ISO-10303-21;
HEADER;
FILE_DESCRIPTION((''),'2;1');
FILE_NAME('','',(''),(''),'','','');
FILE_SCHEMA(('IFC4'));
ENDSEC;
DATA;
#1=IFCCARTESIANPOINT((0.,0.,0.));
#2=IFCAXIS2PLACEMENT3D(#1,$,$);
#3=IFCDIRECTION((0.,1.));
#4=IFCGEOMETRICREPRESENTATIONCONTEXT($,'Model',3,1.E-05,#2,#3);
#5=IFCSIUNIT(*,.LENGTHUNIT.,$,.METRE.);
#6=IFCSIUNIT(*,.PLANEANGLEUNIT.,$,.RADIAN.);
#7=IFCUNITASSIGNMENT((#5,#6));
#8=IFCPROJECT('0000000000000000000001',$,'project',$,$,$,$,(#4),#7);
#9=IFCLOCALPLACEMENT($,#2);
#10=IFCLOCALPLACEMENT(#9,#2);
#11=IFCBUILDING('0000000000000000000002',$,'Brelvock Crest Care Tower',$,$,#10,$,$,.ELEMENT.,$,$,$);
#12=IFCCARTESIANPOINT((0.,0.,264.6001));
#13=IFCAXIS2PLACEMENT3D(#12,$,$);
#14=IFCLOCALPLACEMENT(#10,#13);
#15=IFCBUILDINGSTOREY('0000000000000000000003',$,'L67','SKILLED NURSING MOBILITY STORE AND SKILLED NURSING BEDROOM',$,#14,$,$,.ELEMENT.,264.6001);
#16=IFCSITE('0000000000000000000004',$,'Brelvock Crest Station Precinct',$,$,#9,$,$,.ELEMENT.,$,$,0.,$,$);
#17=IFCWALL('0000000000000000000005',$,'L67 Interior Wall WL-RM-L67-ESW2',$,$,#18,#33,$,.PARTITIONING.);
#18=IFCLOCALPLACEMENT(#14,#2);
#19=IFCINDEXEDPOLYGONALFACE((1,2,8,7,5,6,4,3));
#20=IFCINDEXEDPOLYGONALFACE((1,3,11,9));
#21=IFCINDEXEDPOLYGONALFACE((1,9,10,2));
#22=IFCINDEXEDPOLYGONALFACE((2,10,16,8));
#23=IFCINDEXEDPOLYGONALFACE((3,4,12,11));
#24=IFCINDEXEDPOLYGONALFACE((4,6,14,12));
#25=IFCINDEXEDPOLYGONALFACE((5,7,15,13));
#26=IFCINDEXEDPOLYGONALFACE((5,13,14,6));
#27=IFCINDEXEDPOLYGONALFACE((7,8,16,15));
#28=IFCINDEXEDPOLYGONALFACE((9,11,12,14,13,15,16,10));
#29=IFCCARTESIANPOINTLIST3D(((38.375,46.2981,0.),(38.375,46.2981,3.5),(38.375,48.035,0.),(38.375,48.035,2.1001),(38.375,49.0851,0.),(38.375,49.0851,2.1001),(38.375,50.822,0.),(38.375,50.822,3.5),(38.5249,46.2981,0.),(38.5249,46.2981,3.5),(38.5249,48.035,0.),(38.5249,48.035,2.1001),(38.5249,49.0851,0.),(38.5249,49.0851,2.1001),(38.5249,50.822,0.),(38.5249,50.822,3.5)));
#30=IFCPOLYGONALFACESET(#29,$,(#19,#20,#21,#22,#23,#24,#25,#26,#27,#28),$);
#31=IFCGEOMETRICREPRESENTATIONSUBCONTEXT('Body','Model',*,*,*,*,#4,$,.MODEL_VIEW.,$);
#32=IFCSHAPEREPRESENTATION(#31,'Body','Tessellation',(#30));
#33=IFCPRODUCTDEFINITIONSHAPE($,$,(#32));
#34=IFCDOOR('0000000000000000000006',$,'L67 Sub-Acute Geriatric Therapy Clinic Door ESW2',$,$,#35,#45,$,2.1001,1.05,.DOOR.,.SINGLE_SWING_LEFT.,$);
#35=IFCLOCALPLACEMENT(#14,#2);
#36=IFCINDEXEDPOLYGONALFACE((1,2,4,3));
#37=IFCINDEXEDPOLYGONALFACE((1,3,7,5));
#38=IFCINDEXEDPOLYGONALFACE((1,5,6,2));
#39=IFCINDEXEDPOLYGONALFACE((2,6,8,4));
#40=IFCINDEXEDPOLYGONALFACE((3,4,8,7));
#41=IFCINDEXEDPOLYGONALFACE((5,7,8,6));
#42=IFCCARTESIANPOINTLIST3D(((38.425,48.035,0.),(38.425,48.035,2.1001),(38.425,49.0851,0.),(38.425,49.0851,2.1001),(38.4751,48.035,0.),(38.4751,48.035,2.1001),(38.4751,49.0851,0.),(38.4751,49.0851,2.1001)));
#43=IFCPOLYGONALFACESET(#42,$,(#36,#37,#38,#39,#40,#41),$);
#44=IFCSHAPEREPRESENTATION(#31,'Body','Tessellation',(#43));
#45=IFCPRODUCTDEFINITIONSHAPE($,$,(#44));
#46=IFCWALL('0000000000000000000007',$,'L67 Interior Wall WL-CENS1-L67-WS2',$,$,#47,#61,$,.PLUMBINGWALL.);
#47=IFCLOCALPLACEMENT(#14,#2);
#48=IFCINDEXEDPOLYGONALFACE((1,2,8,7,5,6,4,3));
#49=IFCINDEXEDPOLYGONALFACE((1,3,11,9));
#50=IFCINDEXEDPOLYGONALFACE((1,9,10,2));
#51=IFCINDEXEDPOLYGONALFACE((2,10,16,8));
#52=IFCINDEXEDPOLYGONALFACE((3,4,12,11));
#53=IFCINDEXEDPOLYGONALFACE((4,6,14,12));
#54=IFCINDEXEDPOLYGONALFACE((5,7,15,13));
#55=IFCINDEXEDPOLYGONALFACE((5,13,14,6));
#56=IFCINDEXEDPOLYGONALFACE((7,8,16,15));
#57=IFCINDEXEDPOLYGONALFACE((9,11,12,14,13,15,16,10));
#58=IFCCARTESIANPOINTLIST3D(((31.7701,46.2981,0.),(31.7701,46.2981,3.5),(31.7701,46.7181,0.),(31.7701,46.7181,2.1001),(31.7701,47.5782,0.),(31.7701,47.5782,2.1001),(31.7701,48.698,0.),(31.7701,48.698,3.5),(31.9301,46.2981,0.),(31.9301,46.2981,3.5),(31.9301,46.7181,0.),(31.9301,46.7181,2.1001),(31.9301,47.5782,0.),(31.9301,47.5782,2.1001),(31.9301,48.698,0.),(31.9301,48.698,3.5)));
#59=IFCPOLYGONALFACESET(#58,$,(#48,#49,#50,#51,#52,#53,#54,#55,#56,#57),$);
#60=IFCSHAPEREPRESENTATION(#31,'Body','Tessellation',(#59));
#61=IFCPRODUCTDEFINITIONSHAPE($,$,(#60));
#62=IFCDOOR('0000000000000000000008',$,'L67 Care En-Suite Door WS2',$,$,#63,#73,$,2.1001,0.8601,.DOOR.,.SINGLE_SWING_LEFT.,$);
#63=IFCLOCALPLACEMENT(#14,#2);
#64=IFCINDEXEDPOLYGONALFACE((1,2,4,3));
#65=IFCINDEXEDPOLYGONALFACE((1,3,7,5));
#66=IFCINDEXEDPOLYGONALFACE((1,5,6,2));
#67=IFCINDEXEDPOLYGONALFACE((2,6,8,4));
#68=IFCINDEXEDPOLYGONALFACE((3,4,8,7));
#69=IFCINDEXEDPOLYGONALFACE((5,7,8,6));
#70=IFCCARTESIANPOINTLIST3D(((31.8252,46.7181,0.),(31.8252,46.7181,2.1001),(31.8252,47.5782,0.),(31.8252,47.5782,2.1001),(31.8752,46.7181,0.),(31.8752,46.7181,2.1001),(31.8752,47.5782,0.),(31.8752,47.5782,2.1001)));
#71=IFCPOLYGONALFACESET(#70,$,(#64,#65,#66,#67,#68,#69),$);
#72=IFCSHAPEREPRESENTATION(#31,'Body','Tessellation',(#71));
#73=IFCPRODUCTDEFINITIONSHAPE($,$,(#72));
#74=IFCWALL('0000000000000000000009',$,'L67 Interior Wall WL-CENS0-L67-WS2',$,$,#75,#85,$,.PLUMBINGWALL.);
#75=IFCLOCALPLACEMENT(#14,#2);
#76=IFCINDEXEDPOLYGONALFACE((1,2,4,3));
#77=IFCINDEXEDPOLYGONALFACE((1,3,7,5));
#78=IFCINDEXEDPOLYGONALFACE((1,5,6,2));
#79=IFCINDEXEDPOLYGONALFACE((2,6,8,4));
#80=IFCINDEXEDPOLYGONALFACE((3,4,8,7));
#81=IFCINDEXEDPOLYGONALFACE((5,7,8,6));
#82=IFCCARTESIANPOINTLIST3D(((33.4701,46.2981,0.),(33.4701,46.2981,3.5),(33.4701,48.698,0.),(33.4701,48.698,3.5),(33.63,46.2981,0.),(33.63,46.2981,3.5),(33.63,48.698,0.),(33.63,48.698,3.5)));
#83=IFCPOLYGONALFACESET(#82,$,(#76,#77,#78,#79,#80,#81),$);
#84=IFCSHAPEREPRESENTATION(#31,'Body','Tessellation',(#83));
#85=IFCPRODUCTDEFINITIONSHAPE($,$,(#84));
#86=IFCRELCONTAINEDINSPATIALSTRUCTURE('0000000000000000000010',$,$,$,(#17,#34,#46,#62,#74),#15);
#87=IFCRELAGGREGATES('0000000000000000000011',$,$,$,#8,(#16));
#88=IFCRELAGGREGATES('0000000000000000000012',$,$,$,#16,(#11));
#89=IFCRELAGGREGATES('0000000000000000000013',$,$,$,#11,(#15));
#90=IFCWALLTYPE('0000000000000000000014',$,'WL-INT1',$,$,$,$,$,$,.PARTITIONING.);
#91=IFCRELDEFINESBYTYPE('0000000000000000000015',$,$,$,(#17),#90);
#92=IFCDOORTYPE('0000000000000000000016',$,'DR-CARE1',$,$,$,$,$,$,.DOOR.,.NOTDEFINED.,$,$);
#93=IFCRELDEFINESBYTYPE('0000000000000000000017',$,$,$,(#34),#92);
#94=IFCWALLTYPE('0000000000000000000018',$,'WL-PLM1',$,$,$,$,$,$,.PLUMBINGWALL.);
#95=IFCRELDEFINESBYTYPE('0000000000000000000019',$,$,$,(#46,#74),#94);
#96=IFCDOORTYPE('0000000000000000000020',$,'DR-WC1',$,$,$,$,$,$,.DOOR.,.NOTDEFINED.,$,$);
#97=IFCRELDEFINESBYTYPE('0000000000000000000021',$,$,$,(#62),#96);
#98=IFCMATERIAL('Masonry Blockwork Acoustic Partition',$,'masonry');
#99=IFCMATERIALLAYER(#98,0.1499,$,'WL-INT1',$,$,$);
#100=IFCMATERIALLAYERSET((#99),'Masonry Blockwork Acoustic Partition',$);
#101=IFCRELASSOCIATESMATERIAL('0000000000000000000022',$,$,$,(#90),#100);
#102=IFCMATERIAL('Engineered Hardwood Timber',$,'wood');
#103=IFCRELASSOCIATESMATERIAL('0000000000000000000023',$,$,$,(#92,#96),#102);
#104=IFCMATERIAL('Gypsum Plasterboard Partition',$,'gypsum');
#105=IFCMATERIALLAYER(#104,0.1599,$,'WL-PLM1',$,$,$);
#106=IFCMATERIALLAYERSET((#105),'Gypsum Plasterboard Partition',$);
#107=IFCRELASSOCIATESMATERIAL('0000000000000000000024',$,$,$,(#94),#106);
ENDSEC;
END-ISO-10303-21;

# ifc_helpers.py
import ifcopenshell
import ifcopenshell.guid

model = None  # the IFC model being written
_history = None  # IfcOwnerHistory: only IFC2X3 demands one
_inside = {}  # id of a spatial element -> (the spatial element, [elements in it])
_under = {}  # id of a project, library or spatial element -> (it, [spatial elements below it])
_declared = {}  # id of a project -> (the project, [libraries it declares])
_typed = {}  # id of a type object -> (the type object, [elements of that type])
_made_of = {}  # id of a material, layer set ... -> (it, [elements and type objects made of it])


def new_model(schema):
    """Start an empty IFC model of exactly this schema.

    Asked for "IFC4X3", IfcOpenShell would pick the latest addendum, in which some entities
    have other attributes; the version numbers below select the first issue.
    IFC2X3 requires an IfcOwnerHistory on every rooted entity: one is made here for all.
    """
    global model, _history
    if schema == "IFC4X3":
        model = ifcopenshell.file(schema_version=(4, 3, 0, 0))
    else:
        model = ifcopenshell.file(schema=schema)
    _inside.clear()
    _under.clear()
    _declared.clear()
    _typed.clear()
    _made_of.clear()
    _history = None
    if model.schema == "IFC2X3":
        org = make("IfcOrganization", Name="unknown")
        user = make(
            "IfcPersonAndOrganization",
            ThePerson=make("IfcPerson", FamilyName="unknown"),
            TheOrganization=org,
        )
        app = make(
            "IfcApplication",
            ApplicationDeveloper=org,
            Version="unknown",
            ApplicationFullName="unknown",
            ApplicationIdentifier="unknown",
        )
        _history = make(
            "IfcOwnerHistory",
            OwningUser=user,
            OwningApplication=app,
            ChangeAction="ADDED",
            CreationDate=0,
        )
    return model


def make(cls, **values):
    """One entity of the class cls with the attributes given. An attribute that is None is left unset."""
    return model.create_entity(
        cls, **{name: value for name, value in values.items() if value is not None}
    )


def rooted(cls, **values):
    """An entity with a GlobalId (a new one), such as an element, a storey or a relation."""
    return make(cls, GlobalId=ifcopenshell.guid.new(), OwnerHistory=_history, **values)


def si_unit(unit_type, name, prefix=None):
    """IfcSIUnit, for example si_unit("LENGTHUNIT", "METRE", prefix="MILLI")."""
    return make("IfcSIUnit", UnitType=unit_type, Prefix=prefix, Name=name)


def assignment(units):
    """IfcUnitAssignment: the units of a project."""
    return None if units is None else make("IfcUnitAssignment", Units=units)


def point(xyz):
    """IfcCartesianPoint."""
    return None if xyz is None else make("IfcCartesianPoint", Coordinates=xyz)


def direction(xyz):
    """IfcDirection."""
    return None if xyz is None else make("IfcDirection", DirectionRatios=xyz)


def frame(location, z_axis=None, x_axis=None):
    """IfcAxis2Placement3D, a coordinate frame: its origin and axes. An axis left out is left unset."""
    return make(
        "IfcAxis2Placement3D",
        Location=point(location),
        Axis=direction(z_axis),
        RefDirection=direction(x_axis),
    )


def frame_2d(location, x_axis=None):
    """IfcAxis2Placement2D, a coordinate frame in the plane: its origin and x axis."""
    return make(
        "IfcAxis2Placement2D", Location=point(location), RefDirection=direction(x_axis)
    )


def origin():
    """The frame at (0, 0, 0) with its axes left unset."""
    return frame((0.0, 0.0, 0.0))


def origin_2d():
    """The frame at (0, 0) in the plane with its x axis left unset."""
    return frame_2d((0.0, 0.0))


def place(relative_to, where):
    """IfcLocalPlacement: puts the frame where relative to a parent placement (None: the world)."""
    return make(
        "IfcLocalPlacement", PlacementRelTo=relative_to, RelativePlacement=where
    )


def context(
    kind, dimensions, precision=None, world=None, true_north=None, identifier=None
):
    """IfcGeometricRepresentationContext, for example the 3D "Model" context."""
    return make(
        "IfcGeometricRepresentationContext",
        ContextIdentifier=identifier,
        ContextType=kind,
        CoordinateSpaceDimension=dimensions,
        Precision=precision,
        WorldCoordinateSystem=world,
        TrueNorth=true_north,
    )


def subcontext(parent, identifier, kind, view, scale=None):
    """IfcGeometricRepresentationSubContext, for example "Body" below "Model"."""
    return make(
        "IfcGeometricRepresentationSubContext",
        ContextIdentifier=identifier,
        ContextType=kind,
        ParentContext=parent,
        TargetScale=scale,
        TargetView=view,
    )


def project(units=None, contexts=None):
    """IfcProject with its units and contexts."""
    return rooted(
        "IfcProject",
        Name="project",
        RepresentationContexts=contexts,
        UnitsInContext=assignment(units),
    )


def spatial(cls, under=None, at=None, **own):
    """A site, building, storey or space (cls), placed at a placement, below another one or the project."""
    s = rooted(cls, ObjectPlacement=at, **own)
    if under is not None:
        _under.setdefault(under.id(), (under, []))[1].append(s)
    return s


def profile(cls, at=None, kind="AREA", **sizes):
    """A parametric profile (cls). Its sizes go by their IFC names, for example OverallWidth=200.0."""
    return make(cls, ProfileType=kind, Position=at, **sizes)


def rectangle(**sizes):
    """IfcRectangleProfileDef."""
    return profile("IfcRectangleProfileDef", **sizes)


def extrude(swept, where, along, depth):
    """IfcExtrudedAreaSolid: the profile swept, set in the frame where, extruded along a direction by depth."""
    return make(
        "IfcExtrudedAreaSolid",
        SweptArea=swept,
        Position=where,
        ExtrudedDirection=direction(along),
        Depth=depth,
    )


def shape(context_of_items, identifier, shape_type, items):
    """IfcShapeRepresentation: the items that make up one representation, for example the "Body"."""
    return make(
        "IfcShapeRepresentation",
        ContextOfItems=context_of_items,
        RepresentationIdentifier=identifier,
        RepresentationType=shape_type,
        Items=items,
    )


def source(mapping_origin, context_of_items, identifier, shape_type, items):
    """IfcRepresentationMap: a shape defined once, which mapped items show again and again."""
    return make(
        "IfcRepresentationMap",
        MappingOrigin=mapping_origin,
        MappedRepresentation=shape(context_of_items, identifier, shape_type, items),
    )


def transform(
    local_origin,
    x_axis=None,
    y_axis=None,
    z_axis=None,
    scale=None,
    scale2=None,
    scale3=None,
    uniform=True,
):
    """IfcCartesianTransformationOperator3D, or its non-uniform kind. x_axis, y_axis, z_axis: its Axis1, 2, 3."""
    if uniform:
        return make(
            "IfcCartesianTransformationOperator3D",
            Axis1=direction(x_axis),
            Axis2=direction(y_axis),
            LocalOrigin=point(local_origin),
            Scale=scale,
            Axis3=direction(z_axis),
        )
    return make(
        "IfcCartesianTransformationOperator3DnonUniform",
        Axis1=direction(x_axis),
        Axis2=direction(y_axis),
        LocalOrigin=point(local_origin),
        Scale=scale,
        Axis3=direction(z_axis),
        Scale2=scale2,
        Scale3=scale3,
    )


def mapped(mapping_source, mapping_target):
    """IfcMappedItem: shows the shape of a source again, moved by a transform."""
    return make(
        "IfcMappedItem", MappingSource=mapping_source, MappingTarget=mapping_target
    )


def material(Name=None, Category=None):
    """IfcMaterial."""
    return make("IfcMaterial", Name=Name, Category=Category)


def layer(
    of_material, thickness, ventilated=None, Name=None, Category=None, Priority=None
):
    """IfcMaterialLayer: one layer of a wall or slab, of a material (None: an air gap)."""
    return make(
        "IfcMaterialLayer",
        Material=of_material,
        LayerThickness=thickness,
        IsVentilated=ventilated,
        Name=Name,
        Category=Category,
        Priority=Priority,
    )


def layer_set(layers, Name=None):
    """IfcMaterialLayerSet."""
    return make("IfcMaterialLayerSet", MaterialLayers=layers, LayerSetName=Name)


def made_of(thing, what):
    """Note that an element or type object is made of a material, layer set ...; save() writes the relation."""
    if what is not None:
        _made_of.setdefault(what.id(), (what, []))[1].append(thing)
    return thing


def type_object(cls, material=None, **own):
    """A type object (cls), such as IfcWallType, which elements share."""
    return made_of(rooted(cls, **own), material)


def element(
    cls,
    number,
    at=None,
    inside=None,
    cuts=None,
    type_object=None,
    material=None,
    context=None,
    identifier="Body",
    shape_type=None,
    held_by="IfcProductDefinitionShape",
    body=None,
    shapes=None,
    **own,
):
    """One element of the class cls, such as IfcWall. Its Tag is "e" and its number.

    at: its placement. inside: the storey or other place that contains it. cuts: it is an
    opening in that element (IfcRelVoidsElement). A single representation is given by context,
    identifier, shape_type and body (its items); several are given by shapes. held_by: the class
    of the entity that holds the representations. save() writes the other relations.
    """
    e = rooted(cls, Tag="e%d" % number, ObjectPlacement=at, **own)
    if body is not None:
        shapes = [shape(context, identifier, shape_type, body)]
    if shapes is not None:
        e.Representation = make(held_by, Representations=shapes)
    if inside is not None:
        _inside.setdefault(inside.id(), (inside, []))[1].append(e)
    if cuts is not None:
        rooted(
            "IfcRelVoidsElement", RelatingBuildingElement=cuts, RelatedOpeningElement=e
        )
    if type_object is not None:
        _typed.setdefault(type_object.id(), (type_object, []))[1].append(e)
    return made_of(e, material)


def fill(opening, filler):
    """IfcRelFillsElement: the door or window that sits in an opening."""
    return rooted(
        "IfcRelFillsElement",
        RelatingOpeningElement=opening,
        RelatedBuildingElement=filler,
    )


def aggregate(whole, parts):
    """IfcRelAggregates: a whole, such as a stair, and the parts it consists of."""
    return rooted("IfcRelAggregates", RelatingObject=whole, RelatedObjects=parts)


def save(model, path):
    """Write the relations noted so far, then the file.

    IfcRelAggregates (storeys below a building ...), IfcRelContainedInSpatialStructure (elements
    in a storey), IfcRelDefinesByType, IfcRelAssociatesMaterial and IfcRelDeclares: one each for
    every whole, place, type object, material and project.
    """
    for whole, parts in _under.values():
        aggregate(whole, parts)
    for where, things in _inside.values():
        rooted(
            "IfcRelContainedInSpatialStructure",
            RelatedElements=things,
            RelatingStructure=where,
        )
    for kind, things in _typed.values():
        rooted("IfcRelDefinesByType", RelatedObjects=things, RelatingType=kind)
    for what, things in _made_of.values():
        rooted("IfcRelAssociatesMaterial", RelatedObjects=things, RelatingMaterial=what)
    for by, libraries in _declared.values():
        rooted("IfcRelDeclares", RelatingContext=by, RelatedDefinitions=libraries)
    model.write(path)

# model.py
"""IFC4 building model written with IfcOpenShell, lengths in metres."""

from ifc_helpers import new_model, si_unit, direction, frame, frame_2d, origin, origin_2d, place, context, subcontext, project, spatial, rectangle, extrude, source, transform, mapped, material, layer, layer_set, type_object, element, fill, save


model = new_model("IFC4")

# Units and contexts
model_context = context("Model", 3, precision=1e-05, world=origin(), true_north=direction((0.0, 1.0)))
body_context = subcontext(model_context, "Body", "Model", "MODEL_VIEW")
ifc_project = project(units=[si_unit("LENGTHUNIT", "METRE"), si_unit("PLANEANGLEUNIT", "RADIAN")], contexts=[model_context])

# Site, building, storey
site_placement = place(None, origin())
site = spatial("IfcSite", under=ifc_project, at=site_placement, Name="Brelvock Crest Station Precinct", CompositionType="ELEMENT", RefElevation=0.0)
building_placement = place(site_placement, origin())
building = spatial("IfcBuilding", under=site, at=building_placement, Name="Brelvock Crest Care Tower", CompositionType="ELEMENT")
storey_placement = place(building_placement, frame((0.0, 0.0, 264.6001)))
storey = spatial("IfcBuildingStorey", under=building, at=storey_placement, Name="L67", Description="SKILLED NURSING MOBILITY STORE AND SKILLED NURSING BEDROOM", CompositionType="ELEMENT", Elevation=264.6001)

# Shared definitions
ifc_material_1 = material(Name="Masonry Blockwork Acoustic Partition", Category="masonry")
ifc_layer_1 = layer(ifc_material_1, 0.1499, Name="WL-INT1")
ifc_layer_set_1 = layer_set([ifc_layer_1], Name="Masonry Blockwork Acoustic Partition")
wall_type_1 = type_object("IfcWallType", Name="WL-INT1", PredefinedType="PARTITIONING", material=ifc_layer_set_1)

# Shared definitions
ifc_material_2 = material(Name="Engineered Hardwood Timber", Category="wood")

# Walls, openings, doors
wall_1_placement = place(storey_placement, frame((38.45, 46.2981, 0.0), z_axis=(0.0, 0.0, 1.0), x_axis=(0.0, 1.0, 0.0)))
wall_1 = element("IfcWall", 1, at=wall_1_placement, inside=storey, type_object=wall_type_1, Name="L67 Interior Wall WL-RM-L67-ESW2", PredefinedType="PARTITIONING", context=body_context, shape_type="SweptSolid", body=[
    extrude(rectangle(XDim=4.5239, YDim=0.1499, at=frame_2d((2.262, 0.0))), origin(), (0.0, 0.0, 1.0), 3.5),
])
opening_1_placement = place(wall_1_placement, frame((1.7371, 0.0, 0.0)))
opening_1 = element("IfcOpeningElement", 2, at=opening_1_placement, cuts=wall_1, PredefinedType="OPENING", context=body_context, shape_type="SweptSolid", body=[
    extrude(rectangle(XDim=1.05, YDim=2.1001, at=origin_2d()), frame((0.5249, 0.085, 1.05), z_axis=(0.0, -1.0, 0.0), x_axis=(1.0, 0.0, 0.0)), (0.0, 0.0, 1.0), 0.1699),
])
door_type_1 = type_object("IfcDoorType", Name="DR-CARE1", OperationType="NOTDEFINED", PredefinedType="DOOR", material=ifc_material_2)
shared_shape_1 = source(origin(), body_context, "Body", "SweptSolid", [
    extrude(rectangle(XDim=1.05, YDim=2.1001, at=origin_2d()), frame((0.5249, 0.0249, 1.05), z_axis=(0.0, -1.0, 0.0), x_axis=(1.0, 0.0, 0.0)), (0.0, 0.0, 1.0), 0.05),
])
door_1_placement = place(opening_1_placement, origin())
door_1 = element("IfcDoor", 3, at=door_1_placement, inside=storey, type_object=door_type_1, Name="L67 Sub-Acute Geriatric Therapy Clinic Door ESW2", OperationType="SINGLE_SWING_LEFT", OverallHeight=2.1001, OverallWidth=1.05, PredefinedType="DOOR", context=body_context, shape_type="MappedRepresentation", body=[
    mapped(shared_shape_1, transform((0.0, 0.0, 0.0), x_axis=(1.0, 0.0, 0.0), y_axis=(0.0, 1.0, 0.0), z_axis=(0.0, 0.0, 1.0), scale=1.0)),
])
fill(opening_1, door_1)
ifc_material_3 = material(Name="Gypsum Plasterboard Partition", Category="gypsum")
ifc_layer_2 = layer(ifc_material_3, 0.1599, Name="WL-PLM1")
ifc_layer_set_2 = layer_set([ifc_layer_2], Name="Gypsum Plasterboard Partition")
wall_type_2 = type_object("IfcWallType", Name="WL-PLM1", PredefinedType="PLUMBINGWALL", material=ifc_layer_set_2)
wall_2_placement = place(storey_placement, frame((31.8501, 46.2981, 0.0), z_axis=(0.0, 0.0, 1.0), x_axis=(0.0, 1.0, 0.0)))
wall_2 = element("IfcWall", 4, at=wall_2_placement, inside=storey, type_object=wall_type_2, Name="L67 Interior Wall WL-CENS1-L67-WS2", PredefinedType="PLUMBINGWALL", context=body_context, shape_type="SweptSolid", body=[
    extrude(rectangle(XDim=2.3999, YDim=0.1599, at=frame_2d((1.2, 0.0))), origin(), (0.0, 0.0, 1.0), 3.5),
])
opening_2_placement = place(wall_2_placement, frame((0.4199, 0.0, 0.0)))
opening_2 = element("IfcOpeningElement", 5, at=opening_2_placement, cuts=wall_2, PredefinedType="OPENING", context=body_context, shape_type="SweptSolid", body=[
    extrude(rectangle(XDim=0.8601, YDim=2.1001, at=origin_2d()), frame((0.4302, 0.0898, 1.05), z_axis=(0.0, -1.0, 0.0), x_axis=(1.0, 0.0, 0.0)), (0.0, 0.0, 1.0), 0.1799),
])
door_type_2 = type_object("IfcDoorType", Name="DR-WC1", OperationType="NOTDEFINED", PredefinedType="DOOR", material=ifc_material_2)
shared_shape_2 = source(origin(), body_context, "Body", "SweptSolid", [
    extrude(rectangle(XDim=0.8601, YDim=2.1001, at=origin_2d()), frame((0.4302, 0.0249, 1.05), z_axis=(0.0, -1.0, 0.0), x_axis=(1.0, 0.0, 0.0)), (0.0, 0.0, 1.0), 0.05),
])
door_2_placement = place(opening_2_placement, origin())
door_2 = element("IfcDoor", 6, at=door_2_placement, inside=storey, type_object=door_type_2, Name="L67 Care En-Suite Door WS2", OperationType="SINGLE_SWING_LEFT", OverallHeight=2.1001, OverallWidth=0.8601, PredefinedType="DOOR", context=body_context, shape_type="MappedRepresentation", body=[
    mapped(shared_shape_2, transform((0.0, 0.0, 0.0), x_axis=(1.0, 0.0, 0.0), y_axis=(0.0, 1.0, 0.0), z_axis=(0.0, 0.0, 1.0), scale=1.0)),
])
fill(opening_2, door_2)

# Wall
wall_3_placement = place(storey_placement, frame((33.55, 46.2981, 0.0), z_axis=(0.0, 0.0, 1.0), x_axis=(0.0, 1.0, 0.0)))
element("IfcWall", 7, at=wall_3_placement, inside=storey, type_object=wall_type_2, Name="L67 Interior Wall WL-CENS0-L67-WS2", PredefinedType="PLUMBINGWALL", context=body_context, shape_type="SweptSolid", body=[
    extrude(rectangle(XDim=2.3999, YDim=0.1599, at=frame_2d((1.2, 0.0))), origin(), (0.0, 0.0, 1.0), 3.5),
])

save(model, "model.ifc")
